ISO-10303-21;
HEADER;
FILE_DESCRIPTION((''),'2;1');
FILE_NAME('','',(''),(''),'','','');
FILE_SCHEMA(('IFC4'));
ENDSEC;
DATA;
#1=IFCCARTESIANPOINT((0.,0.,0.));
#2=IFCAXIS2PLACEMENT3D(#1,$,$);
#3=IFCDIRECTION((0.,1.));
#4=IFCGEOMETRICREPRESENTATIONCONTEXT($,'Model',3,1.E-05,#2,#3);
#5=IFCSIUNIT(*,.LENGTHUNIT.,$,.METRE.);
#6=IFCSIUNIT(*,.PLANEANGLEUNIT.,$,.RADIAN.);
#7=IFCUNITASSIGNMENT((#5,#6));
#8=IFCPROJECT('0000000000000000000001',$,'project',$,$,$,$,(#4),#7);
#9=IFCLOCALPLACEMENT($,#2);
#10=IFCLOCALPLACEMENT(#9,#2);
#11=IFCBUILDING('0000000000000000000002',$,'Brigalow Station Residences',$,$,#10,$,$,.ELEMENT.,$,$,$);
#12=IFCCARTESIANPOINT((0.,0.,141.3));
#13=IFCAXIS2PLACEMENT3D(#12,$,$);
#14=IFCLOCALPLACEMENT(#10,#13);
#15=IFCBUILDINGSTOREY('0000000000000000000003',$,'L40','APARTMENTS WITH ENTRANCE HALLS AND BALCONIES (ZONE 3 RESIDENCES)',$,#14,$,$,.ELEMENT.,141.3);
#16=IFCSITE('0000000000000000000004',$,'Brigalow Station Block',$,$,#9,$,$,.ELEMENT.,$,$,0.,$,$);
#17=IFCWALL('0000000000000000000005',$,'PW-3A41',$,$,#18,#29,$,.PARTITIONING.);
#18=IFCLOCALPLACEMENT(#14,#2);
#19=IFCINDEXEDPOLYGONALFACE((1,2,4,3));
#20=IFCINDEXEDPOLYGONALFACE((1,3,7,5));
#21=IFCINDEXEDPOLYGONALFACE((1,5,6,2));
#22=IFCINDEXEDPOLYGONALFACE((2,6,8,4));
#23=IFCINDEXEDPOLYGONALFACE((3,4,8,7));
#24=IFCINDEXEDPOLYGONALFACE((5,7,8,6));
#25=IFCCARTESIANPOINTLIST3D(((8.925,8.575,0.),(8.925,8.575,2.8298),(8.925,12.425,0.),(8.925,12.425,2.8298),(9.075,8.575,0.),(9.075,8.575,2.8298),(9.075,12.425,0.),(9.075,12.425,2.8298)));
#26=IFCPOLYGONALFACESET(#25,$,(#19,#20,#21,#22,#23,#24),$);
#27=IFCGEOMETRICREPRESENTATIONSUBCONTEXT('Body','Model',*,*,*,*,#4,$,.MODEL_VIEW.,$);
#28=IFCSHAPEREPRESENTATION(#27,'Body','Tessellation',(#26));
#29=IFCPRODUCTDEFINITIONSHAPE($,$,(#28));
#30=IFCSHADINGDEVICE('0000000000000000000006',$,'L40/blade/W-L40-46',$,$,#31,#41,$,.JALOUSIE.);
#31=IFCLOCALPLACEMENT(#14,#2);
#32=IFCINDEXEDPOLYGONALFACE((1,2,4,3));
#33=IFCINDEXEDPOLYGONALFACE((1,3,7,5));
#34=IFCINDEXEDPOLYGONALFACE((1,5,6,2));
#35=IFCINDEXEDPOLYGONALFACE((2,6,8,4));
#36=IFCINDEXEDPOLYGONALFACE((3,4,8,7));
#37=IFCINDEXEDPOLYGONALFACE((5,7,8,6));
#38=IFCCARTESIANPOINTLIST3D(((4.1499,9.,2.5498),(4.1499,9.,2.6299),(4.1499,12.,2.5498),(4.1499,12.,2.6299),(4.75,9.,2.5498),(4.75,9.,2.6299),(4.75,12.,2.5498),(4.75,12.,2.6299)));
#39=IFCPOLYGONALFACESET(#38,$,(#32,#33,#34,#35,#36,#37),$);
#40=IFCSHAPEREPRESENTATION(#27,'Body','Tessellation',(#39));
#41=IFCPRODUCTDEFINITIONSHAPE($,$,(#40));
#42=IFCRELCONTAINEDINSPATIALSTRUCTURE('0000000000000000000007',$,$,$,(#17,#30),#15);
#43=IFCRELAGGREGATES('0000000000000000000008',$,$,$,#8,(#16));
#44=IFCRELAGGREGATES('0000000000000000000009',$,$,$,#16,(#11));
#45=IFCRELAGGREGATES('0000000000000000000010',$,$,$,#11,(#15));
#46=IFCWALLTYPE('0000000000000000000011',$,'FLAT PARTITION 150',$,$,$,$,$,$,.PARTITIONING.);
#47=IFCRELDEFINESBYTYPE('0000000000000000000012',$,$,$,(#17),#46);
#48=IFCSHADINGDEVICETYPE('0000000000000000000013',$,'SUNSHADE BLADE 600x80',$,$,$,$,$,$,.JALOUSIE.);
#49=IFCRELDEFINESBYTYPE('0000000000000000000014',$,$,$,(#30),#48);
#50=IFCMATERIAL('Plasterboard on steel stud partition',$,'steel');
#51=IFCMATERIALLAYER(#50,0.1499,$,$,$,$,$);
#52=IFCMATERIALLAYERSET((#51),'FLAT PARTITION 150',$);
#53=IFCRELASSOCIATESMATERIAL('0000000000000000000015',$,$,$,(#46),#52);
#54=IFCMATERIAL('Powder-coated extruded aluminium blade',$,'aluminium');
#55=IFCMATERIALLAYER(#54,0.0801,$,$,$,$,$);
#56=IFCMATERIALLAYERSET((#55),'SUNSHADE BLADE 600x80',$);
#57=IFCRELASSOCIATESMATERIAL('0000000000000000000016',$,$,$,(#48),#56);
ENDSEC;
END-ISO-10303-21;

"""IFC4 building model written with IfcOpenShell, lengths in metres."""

from ifc_helpers import new_model, si_unit, direction, frame, frame_2d, origin, origin_2d, place, context, subcontext, project, spatial, rectangle, extrude, material, layer, layer_set, type_object, element, save


model = new_model("IFC4")

# Units and contexts
model_context = context("Model", 3, precision=1e-05, world=origin(), true_north=direction((0.0, 1.0)))
body_context = subcontext(model_context, "Body", "Model", "MODEL_VIEW")
ifc_project = project(units=[si_unit("LENGTHUNIT", "METRE"), si_unit("PLANEANGLEUNIT", "RADIAN")], contexts=[model_context])

# Site, building, storey
site_placement = place(None, origin())
site = spatial("IfcSite", under=ifc_project, at=site_placement, Name="Brigalow Station Block", CompositionType="ELEMENT", RefElevation=0.0)
building_placement = place(site_placement, origin())
building = spatial("IfcBuilding", under=site, at=building_placement, Name="Brigalow Station Residences", CompositionType="ELEMENT")
storey_placement = place(building_placement, frame((0.0, 0.0, 141.3)))
storey = spatial("IfcBuildingStorey", under=building, at=storey_placement, Name="L40", Description="APARTMENTS WITH ENTRANCE HALLS AND BALCONIES (ZONE 3 RESIDENCES)", CompositionType="ELEMENT", Elevation=141.3)

# Shared definitions
ifc_material_1 = material(Name="Plasterboard on steel stud partition", Category="steel")
ifc_layer_1 = layer(ifc_material_1, 0.1499)
ifc_layer_set_1 = layer_set([ifc_layer_1], Name="FLAT PARTITION 150")
wall_type_1 = type_object("IfcWallType", Name="FLAT PARTITION 150", PredefinedType="PARTITIONING", material=ifc_layer_set_1)

# Wall
wall_1_placement = place(storey_placement, frame((9.0, 8.575, 0.0), z_axis=(0.0, 0.0, 1.0), x_axis=(0.0, 1.0, 0.0)))
element("IfcWall", 1, at=wall_1_placement, inside=storey, type_object=wall_type_1, Name="PW-3A41", PredefinedType="PARTITIONING", context=body_context, shape_type="SweptSolid", body=[
    extrude(rectangle(XDim=3.8501, YDim=0.1499, at=frame_2d((1.925, 0.0))), origin(), (0.0, 0.0, 1.0), 2.8298),
])

# Shading device
ifc_material_2 = material(Name="Powder-coated extruded aluminium blade", Category="aluminium")
ifc_layer_2 = layer(ifc_material_2, 0.0801)
ifc_layer_set_2 = layer_set([ifc_layer_2], Name="SUNSHADE BLADE 600x80")
shading_device_type = type_object("IfcShadingDeviceType", Name="SUNSHADE BLADE 600x80", PredefinedType="JALOUSIE", material=ifc_layer_set_2)
shading_device_placement = place(storey_placement, frame((4.45, 10.5, 2.5498), z_axis=(0.0, 0.0, 1.0), x_axis=(0.0, -1.0, 0.0)))
element("IfcShadingDevice", 2, at=shading_device_placement, inside=storey, type_object=shading_device_type, Name="L40/blade/W-L40-46", PredefinedType="JALOUSIE", context=body_context, shape_type="SweptSolid", body=[
    extrude(rectangle(XDim=3.0, YDim=0.6001, at=origin_2d()), origin(), (0.0, 0.0, 1.0), 0.0801),
])

save(model, "model.ifc")
